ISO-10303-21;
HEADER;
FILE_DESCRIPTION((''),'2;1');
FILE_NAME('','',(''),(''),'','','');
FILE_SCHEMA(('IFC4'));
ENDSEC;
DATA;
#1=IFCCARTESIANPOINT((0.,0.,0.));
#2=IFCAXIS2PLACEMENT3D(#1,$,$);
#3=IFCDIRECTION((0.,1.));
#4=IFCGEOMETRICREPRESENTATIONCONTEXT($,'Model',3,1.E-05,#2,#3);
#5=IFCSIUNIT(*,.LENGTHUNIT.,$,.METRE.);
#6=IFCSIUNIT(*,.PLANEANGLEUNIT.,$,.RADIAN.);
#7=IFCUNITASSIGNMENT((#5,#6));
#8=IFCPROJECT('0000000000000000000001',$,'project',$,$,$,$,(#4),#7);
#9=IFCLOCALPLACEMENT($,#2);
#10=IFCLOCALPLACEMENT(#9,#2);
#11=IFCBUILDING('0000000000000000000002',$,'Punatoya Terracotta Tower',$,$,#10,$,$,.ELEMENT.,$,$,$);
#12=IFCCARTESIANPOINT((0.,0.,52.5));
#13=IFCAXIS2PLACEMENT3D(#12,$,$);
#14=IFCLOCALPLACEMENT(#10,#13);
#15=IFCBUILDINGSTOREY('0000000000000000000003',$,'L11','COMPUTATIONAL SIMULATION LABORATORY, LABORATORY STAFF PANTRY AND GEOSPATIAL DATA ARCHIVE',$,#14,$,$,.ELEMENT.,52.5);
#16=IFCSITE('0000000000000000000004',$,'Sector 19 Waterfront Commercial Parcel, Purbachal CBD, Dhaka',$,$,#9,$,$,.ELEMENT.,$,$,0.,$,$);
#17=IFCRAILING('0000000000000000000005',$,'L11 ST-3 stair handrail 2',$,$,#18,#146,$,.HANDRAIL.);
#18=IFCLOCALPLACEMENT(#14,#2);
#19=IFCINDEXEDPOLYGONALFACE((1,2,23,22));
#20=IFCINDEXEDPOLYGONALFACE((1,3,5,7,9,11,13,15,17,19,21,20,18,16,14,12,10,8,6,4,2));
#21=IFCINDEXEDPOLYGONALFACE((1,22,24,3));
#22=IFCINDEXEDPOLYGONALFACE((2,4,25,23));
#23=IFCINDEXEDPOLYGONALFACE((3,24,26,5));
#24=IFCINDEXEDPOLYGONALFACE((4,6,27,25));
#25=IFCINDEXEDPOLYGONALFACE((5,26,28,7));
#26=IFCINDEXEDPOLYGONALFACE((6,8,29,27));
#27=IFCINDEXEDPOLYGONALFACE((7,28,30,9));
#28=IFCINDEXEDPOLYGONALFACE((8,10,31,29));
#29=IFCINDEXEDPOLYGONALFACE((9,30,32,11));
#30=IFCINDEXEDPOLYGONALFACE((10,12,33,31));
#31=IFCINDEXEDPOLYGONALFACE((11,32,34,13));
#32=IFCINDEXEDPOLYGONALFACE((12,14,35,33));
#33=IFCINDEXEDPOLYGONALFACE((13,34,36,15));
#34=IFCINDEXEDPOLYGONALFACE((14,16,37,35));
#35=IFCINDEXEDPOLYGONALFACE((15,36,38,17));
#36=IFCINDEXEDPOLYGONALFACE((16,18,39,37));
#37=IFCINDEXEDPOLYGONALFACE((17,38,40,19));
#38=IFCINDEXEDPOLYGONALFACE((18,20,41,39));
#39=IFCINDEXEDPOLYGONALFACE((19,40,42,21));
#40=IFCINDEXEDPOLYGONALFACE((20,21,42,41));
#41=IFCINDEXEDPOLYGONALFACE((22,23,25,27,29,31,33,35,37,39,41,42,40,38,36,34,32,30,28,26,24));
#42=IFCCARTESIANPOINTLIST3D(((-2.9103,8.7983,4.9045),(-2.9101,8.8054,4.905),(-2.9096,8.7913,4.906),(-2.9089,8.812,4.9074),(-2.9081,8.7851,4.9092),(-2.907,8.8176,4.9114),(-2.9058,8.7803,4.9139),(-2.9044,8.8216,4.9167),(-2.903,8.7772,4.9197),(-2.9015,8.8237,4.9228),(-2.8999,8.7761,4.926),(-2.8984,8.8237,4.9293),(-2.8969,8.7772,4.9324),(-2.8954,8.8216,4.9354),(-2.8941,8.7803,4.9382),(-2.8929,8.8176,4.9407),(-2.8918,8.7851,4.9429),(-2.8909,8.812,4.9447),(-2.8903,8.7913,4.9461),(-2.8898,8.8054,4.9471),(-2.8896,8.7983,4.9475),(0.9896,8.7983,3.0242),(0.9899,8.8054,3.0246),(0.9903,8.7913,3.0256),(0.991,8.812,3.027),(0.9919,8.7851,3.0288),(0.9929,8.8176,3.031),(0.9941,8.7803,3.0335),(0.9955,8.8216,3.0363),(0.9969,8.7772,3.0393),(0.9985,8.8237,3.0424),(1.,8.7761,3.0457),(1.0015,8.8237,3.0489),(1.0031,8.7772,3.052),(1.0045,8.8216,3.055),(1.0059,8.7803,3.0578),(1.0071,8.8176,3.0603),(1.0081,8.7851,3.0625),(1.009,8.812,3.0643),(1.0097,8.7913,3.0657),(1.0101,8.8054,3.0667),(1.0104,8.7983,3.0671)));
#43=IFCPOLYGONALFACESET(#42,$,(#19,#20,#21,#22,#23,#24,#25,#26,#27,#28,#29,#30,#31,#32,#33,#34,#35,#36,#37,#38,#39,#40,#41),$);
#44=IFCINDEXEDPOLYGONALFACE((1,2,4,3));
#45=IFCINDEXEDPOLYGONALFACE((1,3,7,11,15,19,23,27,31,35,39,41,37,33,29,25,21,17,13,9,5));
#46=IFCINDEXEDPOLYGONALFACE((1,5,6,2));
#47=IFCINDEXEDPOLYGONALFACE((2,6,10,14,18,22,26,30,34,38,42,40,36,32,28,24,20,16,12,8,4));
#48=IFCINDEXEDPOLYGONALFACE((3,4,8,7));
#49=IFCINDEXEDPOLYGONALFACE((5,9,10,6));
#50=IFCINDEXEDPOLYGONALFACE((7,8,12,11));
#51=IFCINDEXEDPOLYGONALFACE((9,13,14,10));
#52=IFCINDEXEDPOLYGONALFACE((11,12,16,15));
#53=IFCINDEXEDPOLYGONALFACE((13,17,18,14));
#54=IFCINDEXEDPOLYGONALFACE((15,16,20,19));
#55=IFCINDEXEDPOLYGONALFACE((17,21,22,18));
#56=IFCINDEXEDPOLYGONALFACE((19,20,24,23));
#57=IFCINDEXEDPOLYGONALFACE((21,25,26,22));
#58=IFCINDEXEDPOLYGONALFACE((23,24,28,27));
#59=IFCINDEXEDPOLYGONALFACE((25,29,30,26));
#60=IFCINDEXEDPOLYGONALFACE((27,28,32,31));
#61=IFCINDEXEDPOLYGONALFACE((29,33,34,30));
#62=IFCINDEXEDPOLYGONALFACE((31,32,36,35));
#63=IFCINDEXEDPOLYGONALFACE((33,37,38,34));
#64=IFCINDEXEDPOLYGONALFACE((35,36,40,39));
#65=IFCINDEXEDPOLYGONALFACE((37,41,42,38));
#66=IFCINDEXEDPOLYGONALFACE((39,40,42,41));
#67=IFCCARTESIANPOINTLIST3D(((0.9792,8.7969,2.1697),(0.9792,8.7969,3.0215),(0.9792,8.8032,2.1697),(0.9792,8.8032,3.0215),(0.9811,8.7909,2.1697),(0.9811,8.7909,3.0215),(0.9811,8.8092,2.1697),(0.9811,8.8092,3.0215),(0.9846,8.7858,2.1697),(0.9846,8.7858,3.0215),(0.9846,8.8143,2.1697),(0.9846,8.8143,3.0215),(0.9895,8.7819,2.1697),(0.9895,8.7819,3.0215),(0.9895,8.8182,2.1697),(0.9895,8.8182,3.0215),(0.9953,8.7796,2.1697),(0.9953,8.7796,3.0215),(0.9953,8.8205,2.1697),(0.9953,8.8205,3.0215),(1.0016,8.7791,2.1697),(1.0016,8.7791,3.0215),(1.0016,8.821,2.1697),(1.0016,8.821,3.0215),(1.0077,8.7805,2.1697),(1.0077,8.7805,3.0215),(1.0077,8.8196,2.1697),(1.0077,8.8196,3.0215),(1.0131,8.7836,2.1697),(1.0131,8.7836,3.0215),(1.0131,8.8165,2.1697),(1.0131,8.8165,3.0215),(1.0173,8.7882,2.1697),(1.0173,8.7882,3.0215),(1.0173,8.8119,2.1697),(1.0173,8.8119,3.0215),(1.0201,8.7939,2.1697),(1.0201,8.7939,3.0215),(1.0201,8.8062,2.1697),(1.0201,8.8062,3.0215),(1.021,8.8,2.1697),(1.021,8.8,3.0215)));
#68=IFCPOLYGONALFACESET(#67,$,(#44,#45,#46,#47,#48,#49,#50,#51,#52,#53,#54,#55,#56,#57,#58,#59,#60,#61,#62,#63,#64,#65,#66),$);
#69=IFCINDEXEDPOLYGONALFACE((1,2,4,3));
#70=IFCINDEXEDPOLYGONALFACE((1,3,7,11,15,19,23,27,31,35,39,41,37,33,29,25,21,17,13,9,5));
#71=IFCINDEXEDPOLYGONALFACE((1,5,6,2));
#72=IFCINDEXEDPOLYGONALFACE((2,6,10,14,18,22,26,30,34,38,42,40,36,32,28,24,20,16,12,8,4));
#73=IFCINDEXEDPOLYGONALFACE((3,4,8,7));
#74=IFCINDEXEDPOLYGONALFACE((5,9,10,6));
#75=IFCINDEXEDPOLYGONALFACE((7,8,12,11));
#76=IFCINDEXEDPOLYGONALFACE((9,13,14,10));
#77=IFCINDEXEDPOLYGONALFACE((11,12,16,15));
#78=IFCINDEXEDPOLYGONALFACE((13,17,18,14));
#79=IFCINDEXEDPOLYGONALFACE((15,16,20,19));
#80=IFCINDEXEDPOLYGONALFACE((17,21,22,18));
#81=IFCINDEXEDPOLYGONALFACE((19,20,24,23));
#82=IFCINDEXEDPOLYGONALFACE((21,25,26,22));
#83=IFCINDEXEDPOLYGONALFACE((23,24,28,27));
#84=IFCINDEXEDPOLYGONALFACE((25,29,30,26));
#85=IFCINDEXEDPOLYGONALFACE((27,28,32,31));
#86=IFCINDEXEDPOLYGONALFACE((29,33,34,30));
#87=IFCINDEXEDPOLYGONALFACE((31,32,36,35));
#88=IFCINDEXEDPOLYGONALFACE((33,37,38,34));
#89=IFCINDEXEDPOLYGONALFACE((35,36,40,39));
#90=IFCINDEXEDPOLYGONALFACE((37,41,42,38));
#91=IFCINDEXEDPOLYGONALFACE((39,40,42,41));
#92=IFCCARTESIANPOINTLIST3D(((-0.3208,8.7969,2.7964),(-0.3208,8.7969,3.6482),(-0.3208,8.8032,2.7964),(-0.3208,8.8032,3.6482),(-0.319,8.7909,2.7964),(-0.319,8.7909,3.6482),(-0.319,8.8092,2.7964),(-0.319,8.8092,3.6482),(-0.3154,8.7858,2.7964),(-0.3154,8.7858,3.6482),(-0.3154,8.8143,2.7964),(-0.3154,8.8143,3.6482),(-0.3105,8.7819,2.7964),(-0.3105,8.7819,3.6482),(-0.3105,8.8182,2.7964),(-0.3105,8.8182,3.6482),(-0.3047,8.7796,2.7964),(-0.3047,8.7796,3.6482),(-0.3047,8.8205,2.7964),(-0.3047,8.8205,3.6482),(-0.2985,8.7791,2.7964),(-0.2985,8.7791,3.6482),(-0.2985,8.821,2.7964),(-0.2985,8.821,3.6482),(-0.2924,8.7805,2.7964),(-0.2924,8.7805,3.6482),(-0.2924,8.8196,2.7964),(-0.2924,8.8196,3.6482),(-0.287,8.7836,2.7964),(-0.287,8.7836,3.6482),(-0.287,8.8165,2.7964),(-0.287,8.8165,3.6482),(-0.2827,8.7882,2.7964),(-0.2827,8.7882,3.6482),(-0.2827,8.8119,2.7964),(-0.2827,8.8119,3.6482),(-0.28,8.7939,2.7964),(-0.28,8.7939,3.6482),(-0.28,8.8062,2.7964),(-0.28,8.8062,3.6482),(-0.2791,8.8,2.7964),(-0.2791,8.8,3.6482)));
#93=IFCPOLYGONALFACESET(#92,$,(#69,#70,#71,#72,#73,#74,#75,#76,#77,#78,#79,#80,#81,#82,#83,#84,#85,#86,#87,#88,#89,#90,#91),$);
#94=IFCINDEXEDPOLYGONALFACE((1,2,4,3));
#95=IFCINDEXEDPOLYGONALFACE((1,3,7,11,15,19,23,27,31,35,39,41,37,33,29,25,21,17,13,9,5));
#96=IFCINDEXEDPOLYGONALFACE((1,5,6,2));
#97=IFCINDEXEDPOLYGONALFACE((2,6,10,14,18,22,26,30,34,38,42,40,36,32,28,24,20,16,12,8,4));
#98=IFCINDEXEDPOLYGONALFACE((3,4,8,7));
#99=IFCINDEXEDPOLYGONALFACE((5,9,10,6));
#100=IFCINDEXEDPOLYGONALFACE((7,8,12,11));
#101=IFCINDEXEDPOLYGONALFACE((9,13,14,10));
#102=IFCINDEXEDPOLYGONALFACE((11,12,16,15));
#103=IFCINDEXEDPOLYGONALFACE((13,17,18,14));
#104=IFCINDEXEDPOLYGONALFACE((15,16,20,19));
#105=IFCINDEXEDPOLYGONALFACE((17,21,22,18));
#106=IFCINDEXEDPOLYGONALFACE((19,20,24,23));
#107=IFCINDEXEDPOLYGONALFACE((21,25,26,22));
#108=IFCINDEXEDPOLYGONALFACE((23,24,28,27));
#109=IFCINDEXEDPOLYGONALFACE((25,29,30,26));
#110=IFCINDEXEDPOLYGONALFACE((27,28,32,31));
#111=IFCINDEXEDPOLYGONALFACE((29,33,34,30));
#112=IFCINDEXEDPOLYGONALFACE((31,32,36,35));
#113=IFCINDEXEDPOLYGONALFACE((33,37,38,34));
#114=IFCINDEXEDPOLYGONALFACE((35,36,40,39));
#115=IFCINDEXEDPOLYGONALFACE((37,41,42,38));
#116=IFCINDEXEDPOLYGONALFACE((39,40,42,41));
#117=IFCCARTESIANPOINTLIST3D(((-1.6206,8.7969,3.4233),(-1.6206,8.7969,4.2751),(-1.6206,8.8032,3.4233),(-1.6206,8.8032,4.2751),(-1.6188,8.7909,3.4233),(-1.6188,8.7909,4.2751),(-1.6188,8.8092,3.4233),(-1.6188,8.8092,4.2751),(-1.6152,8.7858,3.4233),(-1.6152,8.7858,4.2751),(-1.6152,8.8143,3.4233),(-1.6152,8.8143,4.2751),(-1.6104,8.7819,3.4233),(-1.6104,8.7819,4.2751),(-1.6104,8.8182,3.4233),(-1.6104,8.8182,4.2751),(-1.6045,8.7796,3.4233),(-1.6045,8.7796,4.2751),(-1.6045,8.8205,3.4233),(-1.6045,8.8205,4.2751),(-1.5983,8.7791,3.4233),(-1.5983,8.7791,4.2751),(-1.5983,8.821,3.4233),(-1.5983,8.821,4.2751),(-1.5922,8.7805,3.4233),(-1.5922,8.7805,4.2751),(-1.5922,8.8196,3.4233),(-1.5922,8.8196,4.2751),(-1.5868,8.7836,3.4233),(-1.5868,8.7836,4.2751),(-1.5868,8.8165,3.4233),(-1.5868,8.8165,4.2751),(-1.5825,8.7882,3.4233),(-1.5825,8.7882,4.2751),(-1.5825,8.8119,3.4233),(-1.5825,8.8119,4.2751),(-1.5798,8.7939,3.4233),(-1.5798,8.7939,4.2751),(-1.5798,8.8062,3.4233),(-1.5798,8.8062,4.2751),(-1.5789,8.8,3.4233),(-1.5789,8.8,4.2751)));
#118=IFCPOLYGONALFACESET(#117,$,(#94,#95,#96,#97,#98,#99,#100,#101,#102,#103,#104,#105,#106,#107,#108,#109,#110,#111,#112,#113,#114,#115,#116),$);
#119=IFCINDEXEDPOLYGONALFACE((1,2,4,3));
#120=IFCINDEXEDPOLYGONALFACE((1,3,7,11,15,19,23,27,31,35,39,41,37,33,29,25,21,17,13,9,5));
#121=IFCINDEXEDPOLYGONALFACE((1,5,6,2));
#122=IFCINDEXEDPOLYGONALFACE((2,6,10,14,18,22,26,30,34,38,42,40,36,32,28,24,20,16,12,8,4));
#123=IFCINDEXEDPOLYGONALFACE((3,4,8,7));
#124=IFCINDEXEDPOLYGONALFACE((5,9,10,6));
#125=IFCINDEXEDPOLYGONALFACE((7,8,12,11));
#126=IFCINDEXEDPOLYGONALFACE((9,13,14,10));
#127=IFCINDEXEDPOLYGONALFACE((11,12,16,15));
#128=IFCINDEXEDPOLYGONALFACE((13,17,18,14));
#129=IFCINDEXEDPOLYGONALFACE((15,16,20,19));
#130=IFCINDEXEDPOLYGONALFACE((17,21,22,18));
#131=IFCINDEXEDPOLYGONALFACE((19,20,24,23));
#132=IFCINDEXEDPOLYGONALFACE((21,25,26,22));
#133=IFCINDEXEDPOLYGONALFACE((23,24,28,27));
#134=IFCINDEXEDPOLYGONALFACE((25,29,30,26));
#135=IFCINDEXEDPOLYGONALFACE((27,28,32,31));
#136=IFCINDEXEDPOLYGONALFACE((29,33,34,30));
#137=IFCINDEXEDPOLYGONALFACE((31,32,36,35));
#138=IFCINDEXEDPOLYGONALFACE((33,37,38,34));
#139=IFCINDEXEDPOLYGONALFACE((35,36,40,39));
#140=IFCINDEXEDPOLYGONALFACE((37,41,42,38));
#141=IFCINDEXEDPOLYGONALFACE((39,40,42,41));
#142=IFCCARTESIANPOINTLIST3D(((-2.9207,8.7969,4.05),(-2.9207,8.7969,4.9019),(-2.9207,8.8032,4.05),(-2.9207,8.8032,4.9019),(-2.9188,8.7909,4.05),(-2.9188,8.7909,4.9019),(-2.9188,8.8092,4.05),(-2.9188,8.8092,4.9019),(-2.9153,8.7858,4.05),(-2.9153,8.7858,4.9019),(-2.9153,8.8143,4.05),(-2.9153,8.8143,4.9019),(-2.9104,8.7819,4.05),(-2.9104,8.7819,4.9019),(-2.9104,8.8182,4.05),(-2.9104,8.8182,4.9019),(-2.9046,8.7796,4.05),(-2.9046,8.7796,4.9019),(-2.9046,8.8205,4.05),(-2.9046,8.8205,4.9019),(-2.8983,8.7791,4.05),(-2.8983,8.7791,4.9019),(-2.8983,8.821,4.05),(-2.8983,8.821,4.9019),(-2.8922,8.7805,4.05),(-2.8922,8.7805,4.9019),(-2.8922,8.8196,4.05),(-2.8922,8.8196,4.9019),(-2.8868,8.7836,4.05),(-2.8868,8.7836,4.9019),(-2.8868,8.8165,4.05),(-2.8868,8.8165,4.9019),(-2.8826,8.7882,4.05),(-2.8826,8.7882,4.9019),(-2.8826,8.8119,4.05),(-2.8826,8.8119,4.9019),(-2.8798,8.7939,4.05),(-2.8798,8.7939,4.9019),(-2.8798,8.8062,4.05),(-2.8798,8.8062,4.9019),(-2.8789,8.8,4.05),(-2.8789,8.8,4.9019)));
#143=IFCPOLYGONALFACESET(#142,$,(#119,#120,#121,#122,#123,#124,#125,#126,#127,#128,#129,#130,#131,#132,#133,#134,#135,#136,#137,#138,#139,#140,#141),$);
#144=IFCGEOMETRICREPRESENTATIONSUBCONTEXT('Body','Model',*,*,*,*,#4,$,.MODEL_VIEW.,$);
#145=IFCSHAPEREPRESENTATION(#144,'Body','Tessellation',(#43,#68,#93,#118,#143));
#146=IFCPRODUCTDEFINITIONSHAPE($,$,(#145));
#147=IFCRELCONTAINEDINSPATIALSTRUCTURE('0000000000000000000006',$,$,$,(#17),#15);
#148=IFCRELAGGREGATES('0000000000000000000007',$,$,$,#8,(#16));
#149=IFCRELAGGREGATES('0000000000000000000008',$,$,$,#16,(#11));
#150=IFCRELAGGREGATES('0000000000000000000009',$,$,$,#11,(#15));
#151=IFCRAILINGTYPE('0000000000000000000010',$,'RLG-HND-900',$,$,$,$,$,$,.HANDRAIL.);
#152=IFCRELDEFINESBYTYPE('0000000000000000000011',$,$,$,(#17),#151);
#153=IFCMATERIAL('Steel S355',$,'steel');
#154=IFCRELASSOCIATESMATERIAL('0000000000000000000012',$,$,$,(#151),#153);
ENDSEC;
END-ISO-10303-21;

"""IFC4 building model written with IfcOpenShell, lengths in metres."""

from ifc_helpers import new_model, si_unit, direction, frame, origin, origin_2d, place, context, subcontext, project, spatial, circle, extrude, material, type_object, element, save


model = new_model("IFC4")

# Units and contexts
model_context = context("Model", 3, precision=1e-05, world=origin(), true_north=direction((0.0, 1.0)))
body_context = subcontext(model_context, "Body", "Model", "MODEL_VIEW")
ifc_project = project(units=[si_unit("LENGTHUNIT", "METRE"), si_unit("PLANEANGLEUNIT", "RADIAN")], contexts=[model_context])

# Site, building, storey
site_placement = place(None, origin())
site = spatial("IfcSite", under=ifc_project, at=site_placement, Name="Sector 19 Waterfront Commercial Parcel, Purbachal CBD, Dhaka", CompositionType="ELEMENT", RefElevation=0.0)
building_placement = place(site_placement, origin())
building = spatial("IfcBuilding", under=site, at=building_placement, Name="Punatoya Terracotta Tower", CompositionType="ELEMENT")
storey_placement = place(building_placement, frame((0.0, 0.0, 52.5)))
storey = spatial("IfcBuildingStorey", under=building, at=storey_placement, Name="L11", Description="COMPUTATIONAL SIMULATION LABORATORY, LABORATORY STAFF PANTRY AND GEOSPATIAL DATA ARCHIVE", CompositionType="ELEMENT", Elevation=52.5)

# Shared definitions
ifc_material_1 = material(Name="Steel S355", Category="steel")

# Railing
railing_type_1 = type_object("IfcRailingType", Name="RLG-HND-900", PredefinedType="HANDRAIL", material=ifc_material_1)
railing_1_placement = place(storey_placement, frame((1.0, 8.8, 2.1697)))
element("IfcRailing", 1, at=railing_1_placement, inside=storey, type_object=railing_type_1, Name="L11 ST-3 stair handrail 2", PredefinedType="HANDRAIL", context=body_context, shape_type="SweptSolid", body=[
    extrude(circle(Radius=0.0239, at=origin_2d()), frame((0.0, 0.0, 0.876), z_axis=(-0.900763, 0.0, 0.434311), x_axis=(0.0, -1.0, 0.0)), (0.0, 0.0, 1.0), 4.3296),
    extrude(circle(Radius=0.021, at=origin_2d()), origin(), (0.0, 0.0, 1.0), 0.8518),
    extrude(circle(Radius=0.021, at=origin_2d()), frame((-1.3, 0.0, 0.6267)), (0.0, 0.0, 1.0), 0.8518),
    extrude(circle(Radius=0.021, at=origin_2d()), frame((-2.5999, 0.0, 1.2537)), (0.0, 0.0, 1.0), 0.8518),
    extrude(circle(Radius=0.021, at=origin_2d()), frame((-3.8999, 0.0, 1.8804)), (0.0, 0.0, 1.0), 0.8518),
])

save(model, "model.ifc")
